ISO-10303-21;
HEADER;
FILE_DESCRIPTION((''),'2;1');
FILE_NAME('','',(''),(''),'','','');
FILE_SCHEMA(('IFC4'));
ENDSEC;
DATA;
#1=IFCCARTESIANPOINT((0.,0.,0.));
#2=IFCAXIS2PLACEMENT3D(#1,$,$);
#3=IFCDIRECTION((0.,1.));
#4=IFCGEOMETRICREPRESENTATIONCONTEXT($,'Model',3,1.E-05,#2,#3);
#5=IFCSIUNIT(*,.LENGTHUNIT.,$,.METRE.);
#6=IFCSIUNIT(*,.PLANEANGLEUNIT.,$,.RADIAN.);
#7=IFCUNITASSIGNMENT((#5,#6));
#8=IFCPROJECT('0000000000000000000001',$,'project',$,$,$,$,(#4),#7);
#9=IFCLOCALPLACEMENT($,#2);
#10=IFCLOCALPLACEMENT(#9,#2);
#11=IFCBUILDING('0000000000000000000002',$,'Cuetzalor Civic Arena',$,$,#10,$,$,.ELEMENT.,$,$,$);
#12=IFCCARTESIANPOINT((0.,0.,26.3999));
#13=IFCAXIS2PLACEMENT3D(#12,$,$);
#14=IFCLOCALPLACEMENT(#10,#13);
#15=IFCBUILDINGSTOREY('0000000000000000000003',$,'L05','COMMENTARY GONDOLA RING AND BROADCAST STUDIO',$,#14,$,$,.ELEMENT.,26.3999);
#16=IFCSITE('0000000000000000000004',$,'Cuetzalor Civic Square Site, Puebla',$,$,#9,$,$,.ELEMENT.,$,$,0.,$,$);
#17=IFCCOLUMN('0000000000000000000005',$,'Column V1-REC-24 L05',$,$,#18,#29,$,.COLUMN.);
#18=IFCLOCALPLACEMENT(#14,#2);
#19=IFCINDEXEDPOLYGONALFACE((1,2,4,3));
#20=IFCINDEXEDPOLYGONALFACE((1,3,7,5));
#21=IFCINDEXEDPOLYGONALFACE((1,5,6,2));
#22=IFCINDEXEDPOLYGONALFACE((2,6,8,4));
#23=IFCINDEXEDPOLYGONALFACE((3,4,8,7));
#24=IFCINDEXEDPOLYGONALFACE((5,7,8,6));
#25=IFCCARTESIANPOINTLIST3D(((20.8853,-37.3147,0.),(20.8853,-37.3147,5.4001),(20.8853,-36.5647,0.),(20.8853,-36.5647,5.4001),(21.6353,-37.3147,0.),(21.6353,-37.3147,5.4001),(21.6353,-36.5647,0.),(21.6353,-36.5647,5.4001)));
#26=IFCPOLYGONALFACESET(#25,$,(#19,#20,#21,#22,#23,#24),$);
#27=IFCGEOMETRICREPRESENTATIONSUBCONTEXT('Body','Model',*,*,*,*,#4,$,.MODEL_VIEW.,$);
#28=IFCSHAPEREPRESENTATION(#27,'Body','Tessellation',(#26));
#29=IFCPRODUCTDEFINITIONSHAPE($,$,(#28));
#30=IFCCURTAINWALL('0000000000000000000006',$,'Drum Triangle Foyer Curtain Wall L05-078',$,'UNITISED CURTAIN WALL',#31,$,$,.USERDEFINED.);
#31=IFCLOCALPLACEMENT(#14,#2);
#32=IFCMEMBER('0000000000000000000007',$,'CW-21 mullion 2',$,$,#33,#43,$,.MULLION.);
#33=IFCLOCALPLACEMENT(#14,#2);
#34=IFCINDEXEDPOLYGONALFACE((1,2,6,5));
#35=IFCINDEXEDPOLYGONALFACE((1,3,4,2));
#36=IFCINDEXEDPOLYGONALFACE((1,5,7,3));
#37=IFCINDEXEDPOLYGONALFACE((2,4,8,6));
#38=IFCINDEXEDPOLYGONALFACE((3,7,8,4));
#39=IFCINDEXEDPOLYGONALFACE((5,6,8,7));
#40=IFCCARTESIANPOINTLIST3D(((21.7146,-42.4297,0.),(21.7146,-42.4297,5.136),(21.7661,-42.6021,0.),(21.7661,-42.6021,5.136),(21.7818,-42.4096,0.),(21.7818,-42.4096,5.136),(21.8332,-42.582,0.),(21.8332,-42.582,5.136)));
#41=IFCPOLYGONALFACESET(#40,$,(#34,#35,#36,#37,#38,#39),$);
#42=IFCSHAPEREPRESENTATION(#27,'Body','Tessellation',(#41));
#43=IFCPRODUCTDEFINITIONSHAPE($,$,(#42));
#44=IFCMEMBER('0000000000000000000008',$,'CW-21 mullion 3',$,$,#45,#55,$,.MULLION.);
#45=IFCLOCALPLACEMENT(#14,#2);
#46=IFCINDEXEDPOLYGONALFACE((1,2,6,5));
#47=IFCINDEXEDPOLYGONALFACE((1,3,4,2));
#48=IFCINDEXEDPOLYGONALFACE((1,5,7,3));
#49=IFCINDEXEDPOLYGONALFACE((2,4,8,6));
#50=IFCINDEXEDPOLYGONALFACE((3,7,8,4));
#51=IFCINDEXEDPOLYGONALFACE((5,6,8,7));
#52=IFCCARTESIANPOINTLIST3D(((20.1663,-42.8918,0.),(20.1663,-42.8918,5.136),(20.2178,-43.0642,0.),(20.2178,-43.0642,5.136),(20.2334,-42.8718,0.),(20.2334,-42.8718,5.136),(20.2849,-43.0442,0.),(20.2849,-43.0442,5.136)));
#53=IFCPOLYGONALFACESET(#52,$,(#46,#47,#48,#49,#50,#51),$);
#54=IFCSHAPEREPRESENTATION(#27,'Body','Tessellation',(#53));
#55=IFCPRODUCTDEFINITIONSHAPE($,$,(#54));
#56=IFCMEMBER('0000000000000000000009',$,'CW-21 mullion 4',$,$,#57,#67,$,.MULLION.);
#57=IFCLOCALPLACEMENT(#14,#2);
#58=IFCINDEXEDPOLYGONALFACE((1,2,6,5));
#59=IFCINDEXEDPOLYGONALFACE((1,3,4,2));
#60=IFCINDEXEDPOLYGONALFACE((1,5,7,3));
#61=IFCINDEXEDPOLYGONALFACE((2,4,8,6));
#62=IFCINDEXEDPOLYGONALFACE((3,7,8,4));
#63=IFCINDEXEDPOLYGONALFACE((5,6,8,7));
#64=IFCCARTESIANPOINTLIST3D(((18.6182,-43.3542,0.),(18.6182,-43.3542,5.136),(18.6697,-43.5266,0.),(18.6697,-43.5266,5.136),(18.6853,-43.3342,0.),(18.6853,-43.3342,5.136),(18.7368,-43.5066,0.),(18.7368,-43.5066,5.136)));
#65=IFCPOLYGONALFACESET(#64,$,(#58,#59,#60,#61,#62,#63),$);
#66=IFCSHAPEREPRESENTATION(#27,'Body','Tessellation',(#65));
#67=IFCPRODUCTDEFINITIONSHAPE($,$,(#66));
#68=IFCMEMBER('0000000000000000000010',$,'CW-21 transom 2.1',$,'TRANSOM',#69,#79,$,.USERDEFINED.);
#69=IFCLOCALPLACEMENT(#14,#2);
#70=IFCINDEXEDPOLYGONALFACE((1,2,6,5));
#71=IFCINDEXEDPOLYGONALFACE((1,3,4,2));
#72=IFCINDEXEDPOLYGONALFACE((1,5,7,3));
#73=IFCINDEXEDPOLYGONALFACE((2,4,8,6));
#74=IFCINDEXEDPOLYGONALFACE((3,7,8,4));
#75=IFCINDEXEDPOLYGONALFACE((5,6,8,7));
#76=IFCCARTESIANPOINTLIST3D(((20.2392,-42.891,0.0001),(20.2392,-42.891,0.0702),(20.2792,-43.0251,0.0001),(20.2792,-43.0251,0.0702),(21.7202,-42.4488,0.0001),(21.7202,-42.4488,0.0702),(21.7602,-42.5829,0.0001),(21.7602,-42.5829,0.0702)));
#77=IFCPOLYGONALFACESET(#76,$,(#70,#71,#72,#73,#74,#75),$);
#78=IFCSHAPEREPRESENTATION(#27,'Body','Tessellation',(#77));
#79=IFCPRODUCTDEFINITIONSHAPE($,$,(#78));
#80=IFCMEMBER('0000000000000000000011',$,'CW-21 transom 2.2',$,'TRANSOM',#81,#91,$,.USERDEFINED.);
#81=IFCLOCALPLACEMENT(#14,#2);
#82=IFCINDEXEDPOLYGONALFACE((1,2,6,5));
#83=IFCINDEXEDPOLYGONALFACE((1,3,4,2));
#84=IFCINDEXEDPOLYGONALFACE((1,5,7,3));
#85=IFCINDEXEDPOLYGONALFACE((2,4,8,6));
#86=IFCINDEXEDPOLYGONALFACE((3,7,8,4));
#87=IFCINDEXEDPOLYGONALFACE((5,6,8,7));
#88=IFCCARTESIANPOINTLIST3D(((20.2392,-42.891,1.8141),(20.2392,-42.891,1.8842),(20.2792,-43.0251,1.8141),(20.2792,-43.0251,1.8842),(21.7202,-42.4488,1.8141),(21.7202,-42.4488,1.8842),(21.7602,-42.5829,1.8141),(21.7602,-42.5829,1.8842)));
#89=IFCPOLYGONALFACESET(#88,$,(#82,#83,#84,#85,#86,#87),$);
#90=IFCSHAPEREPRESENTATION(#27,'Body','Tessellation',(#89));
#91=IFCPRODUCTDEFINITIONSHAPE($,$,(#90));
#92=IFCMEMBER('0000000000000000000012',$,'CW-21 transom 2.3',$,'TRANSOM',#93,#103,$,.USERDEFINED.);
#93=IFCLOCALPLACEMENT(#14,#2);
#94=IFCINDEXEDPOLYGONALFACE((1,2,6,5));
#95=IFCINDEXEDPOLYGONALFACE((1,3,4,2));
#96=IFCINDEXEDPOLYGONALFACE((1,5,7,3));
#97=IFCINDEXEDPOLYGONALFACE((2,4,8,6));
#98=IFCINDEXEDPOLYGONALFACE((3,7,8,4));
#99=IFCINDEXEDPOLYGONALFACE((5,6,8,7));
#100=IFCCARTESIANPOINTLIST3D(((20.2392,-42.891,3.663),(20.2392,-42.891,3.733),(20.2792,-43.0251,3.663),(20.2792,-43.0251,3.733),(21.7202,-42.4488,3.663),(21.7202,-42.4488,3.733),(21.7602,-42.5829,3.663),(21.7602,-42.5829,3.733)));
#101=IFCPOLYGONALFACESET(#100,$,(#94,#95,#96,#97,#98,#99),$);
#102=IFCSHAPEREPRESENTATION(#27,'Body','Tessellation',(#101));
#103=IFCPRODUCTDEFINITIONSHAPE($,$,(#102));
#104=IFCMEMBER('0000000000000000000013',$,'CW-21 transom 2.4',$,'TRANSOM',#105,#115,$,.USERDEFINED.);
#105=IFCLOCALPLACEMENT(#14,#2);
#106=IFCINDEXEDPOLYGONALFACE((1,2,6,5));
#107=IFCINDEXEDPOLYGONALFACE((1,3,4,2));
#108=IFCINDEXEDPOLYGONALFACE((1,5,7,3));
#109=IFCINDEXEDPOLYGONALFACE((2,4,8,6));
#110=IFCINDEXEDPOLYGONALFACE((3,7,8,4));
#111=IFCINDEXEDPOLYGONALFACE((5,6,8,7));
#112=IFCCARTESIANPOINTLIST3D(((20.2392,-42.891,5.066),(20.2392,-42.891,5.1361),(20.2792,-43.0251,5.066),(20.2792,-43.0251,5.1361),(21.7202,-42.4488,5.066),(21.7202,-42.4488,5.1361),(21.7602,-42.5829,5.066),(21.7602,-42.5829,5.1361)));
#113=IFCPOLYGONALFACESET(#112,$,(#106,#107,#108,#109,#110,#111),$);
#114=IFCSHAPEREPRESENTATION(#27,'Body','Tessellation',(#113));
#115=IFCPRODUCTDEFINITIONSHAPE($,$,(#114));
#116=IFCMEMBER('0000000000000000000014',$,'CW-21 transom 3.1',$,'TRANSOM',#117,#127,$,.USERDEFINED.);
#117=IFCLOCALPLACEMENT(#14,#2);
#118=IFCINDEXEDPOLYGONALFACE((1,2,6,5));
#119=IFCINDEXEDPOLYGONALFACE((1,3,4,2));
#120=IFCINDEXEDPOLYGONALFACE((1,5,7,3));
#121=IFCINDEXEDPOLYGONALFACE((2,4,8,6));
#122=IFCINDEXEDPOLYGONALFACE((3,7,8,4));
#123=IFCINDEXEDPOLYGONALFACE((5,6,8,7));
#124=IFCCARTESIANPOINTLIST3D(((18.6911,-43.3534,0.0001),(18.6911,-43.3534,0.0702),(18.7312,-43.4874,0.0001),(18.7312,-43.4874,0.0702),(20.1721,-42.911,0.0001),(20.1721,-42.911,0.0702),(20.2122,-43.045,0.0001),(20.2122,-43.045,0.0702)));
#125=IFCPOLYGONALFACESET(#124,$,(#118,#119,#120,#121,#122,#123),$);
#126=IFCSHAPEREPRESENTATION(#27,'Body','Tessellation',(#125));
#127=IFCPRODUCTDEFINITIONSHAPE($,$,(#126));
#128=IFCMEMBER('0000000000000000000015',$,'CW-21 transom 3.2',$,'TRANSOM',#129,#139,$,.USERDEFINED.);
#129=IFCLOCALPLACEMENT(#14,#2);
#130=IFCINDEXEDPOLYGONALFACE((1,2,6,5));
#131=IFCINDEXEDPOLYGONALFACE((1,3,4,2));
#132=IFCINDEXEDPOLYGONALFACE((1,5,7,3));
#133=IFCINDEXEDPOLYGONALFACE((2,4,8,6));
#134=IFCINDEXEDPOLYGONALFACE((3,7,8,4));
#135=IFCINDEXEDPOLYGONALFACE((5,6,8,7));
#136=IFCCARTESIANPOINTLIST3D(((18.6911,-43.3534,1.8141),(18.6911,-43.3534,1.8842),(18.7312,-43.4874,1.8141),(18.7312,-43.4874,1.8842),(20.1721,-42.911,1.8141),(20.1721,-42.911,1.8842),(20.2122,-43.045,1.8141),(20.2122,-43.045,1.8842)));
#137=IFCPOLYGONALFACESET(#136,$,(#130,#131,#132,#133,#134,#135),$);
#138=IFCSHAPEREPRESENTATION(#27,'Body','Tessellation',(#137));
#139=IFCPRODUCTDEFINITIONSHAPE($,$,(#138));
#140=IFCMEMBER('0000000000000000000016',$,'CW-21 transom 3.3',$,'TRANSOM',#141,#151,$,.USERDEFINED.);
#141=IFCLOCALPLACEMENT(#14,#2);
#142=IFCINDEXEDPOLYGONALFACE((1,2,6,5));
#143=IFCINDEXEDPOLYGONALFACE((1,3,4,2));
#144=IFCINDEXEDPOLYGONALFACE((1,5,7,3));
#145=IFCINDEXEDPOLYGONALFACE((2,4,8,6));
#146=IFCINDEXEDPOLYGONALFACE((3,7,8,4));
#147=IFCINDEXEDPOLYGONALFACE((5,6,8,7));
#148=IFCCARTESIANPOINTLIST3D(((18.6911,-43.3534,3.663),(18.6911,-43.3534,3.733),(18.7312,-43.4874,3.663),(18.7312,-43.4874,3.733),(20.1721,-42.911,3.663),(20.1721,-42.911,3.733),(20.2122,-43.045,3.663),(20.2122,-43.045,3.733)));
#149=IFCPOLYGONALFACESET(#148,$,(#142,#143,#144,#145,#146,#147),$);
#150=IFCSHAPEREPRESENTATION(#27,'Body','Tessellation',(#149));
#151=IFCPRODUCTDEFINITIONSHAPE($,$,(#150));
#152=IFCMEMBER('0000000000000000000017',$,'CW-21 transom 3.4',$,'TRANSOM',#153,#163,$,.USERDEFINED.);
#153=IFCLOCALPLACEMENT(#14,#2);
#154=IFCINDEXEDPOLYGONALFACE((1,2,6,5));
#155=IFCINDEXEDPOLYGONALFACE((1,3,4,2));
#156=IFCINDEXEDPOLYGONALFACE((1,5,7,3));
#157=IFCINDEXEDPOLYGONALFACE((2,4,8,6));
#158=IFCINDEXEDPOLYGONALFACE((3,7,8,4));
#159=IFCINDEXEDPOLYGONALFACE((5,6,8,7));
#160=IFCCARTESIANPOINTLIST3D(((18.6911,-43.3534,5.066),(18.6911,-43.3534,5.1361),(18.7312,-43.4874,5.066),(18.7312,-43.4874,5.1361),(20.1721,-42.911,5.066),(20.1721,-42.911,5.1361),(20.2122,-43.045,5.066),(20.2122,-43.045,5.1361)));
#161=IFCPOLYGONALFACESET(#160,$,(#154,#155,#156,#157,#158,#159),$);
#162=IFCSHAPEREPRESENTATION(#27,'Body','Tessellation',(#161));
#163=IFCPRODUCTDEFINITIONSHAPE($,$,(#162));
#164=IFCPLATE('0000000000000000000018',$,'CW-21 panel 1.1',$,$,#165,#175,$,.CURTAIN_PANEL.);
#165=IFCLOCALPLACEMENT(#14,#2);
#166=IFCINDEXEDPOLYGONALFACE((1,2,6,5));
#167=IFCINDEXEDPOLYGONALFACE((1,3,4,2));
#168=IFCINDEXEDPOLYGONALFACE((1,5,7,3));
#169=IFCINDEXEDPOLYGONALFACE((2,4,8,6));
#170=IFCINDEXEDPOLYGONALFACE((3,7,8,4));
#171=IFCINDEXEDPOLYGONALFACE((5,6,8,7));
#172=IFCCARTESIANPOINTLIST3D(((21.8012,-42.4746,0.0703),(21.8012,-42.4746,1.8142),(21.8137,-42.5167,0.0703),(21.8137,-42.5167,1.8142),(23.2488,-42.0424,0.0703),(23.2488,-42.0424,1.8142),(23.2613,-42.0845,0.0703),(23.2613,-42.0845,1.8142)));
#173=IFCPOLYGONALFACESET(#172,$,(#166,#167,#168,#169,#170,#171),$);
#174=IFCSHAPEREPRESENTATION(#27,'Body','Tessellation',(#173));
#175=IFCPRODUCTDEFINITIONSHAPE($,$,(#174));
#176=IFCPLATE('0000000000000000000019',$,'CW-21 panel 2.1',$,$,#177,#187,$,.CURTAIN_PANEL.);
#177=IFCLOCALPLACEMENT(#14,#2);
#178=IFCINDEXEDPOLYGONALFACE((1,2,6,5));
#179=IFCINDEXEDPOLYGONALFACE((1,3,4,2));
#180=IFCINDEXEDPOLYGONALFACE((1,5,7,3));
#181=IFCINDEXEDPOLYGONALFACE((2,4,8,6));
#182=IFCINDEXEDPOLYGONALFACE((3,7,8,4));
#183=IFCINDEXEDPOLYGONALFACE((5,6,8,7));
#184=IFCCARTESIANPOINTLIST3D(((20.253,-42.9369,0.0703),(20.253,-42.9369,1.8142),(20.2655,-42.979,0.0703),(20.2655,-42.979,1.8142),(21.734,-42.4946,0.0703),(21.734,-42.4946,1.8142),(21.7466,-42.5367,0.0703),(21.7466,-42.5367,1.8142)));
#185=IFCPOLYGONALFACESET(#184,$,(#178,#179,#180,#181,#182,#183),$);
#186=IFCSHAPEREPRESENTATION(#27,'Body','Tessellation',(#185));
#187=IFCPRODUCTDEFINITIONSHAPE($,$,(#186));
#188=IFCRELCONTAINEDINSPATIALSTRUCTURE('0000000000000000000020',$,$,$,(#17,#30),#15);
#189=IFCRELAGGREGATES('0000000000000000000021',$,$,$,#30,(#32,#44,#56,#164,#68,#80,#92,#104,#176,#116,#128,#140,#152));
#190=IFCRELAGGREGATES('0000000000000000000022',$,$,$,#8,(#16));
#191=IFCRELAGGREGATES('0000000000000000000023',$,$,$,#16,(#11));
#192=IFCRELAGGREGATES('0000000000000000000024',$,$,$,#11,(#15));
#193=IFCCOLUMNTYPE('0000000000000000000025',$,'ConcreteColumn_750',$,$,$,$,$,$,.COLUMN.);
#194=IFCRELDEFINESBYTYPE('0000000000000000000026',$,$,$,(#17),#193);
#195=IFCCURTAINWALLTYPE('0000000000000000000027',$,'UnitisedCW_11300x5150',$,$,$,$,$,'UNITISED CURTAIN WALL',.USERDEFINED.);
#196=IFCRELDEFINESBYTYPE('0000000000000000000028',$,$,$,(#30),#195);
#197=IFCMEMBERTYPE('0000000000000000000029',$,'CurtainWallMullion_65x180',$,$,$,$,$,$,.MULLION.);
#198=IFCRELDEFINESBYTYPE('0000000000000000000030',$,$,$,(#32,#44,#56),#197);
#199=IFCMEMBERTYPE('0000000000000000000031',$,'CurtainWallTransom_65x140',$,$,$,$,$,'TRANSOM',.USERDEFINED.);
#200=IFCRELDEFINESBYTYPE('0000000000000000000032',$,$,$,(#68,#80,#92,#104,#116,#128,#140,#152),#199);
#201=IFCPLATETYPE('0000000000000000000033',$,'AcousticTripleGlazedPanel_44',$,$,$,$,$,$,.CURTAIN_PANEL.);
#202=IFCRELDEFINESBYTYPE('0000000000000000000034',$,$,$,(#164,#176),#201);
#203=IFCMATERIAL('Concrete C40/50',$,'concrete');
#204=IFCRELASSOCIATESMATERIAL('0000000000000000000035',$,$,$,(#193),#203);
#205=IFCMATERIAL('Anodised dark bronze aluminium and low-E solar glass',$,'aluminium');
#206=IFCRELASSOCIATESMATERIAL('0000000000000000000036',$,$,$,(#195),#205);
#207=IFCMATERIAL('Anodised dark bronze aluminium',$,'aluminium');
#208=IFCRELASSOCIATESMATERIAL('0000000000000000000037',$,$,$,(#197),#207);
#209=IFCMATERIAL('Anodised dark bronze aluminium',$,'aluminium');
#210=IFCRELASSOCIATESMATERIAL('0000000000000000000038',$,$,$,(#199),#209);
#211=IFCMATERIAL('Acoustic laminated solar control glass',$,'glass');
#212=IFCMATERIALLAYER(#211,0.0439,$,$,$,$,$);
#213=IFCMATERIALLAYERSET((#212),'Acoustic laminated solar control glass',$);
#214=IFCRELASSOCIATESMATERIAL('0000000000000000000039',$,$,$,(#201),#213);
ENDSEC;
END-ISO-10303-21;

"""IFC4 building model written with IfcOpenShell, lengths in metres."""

from ifc_helpers import new_model, si_unit, direction, frame, origin, origin_2d, place, context, subcontext, project, spatial, rectangle, extrude, material, layer, layer_set, material_profile, profile_set, type_object, element, aggregate, save


model = new_model("IFC4")

# Units and contexts
model_context = context("Model", 3, precision=1e-05, world=origin(), true_north=direction((0.0, 1.0)))
body_context = subcontext(model_context, "Body", "Model", "MODEL_VIEW")
ifc_project = project(units=[si_unit("LENGTHUNIT", "METRE"), si_unit("PLANEANGLEUNIT", "RADIAN")], contexts=[model_context])

# Site, building, storey
site_placement = place(None, origin())
site = spatial("IfcSite", under=ifc_project, at=site_placement, Name="Cuetzalor Civic Square Site, Puebla", CompositionType="ELEMENT", RefElevation=0.0)
building_placement = place(site_placement, origin())
building = spatial("IfcBuilding", under=site, at=building_placement, Name="Cuetzalor Civic Arena", CompositionType="ELEMENT")
storey_placement = place(building_placement, frame((0.0, 0.0, 26.3999)))
storey = spatial("IfcBuildingStorey", under=building, at=storey_placement, Name="L05", Description="COMMENTARY GONDOLA RING AND BROADCAST STUDIO", CompositionType="ELEMENT", Elevation=26.3999)

# Column
ifc_material_1 = material(Name="Concrete C40/50", Category="concrete")
ifc_material_profile_1 = material_profile(ifc_material_1, rectangle(XDim=0.75, YDim=0.75, at=origin_2d()), Name="RC 750x750")
ifc_profile_set_1 = profile_set([ifc_material_profile_1], Name="Concrete C40/50")
column_type = type_object("IfcColumnType", Name="ConcreteColumn_750", PredefinedType="COLUMN", material=ifc_profile_set_1)
column_placement = place(storey_placement, frame((21.2603, -36.9397, 0.0), z_axis=(0.0, 0.0, 1.0), x_axis=(1.0, 0.0, 0.0)))
element("IfcColumn", 1, at=column_placement, inside=storey, type_object=column_type, Name="Column V1-REC-24 L05", PredefinedType="COLUMN", context=body_context, shape_type="SweptSolid", body=[
    extrude(rectangle(XDim=0.75, YDim=0.75, at=origin_2d()), origin(), (0.0, 0.0, 1.0), 5.4001),
])

# Curtain wall, members, plates
ifc_material_2 = material(Name="Anodised dark bronze aluminium and low-E solar glass", Category="aluminium")
curtain_wall_type = type_object("IfcCurtainWallType", Name="UnitisedCW_11300x5150", ElementType="UNITISED CURTAIN WALL", PredefinedType="USERDEFINED", material=ifc_material_2)
curtain_wall_placement = place(storey_placement, origin())
curtain_wall = element("IfcCurtainWall", 2, at=curtain_wall_placement, inside=storey, type_object=curtain_wall_type, Name="Drum Triangle Foyer Curtain Wall L05-078", ObjectType="UNITISED CURTAIN WALL", PredefinedType="USERDEFINED")
ifc_material_3 = material(Name="Anodised dark bronze aluminium", Category="aluminium")
ifc_material_profile_2 = material_profile(ifc_material_3, rectangle(XDim=0.0701, YDim=0.1799, at=origin_2d()), Name="ALU MULLION 70x180")
ifc_profile_set_2 = profile_set([ifc_material_profile_2], Name="Anodised dark bronze aluminium")
member_type_1 = type_object("IfcMemberType", Name="CurtainWallMullion_65x180", PredefinedType="MULLION", material=ifc_profile_set_2)
member_1_placement = place(storey_placement, frame((21.7739, -42.5059, 0.0), z_axis=(0.0, 0.0, 1.0), x_axis=(-0.958194, -0.28612, 0.0)))
member_1 = element("IfcMember", 3, at=member_1_placement, type_object=member_type_1, Name="CW-21 mullion 2", PredefinedType="MULLION", context=body_context, shape_type="SweptSolid", body=[
    extrude(rectangle(XDim=0.0701, YDim=0.1799, at=origin_2d()), origin(), (0.0, 0.0, 1.0), 5.136),
])
member_2_placement = place(storey_placement, frame((20.2256, -42.968, 0.0), z_axis=(0.0, 0.0, 1.0), x_axis=(-0.958194, -0.28612, 0.0)))
member_2 = element("IfcMember", 4, at=member_2_placement, type_object=member_type_1, Name="CW-21 mullion 3", PredefinedType="MULLION", context=body_context, shape_type="SweptSolid", body=[
    extrude(rectangle(XDim=0.0701, YDim=0.1799, at=origin_2d()), origin(), (0.0, 0.0, 1.0), 5.136),
])
member_3_placement = place(storey_placement, frame((18.6775, -43.4304, 0.0), z_axis=(0.0, 0.0, 1.0), x_axis=(-0.958194, -0.28612, 0.0)))
member_3 = element("IfcMember", 5, at=member_3_placement, type_object=member_type_1, Name="CW-21 mullion 4", PredefinedType="MULLION", context=body_context, shape_type="SweptSolid", body=[
    extrude(rectangle(XDim=0.0701, YDim=0.1799, at=origin_2d()), origin(), (0.0, 0.0, 1.0), 5.136),
])
ifc_material_4 = material(Name="Anodised dark bronze aluminium", Category="aluminium")
ifc_material_profile_3 = material_profile(ifc_material_4, rectangle(XDim=0.1399, YDim=0.0701, at=origin_2d()), Name="ALU TRANSOM 70x140")
ifc_profile_set_3 = profile_set([ifc_material_profile_3], Name="Anodised dark bronze aluminium")
member_type_2 = type_object("IfcMemberType", Name="CurtainWallTransom_65x140", ElementType="TRANSOM", PredefinedType="USERDEFINED", material=ifc_profile_set_3)
member_4_placement = place(storey_placement, frame((21.7402, -42.5159, 0.0352), z_axis=(-0.958208, -0.286072, 0.0), x_axis=(0.286072, -0.958208, 0.0)))
member_4 = element("IfcMember", 6, at=member_4_placement, type_object=member_type_2, Name="CW-21 transom 2.1", ObjectType="TRANSOM", PredefinedType="USERDEFINED", context=body_context, shape_type="SweptSolid", body=[
    extrude(rectangle(XDim=0.1399, YDim=0.0701, at=origin_2d()), origin(), (0.0, 0.0, 1.0), 1.5457),
])
member_5_placement = place(storey_placement, frame((21.7402, -42.5159, 1.8491), z_axis=(-0.958208, -0.286072, 0.0), x_axis=(0.286072, -0.958208, 0.0)))
member_5 = element("IfcMember", 7, at=member_5_placement, type_object=member_type_2, Name="CW-21 transom 2.2", ObjectType="TRANSOM", PredefinedType="USERDEFINED", context=body_context, shape_type="SweptSolid", body=[
    extrude(rectangle(XDim=0.1399, YDim=0.0701, at=origin_2d()), origin(), (0.0, 0.0, 1.0), 1.5457),
])
member_6_placement = place(storey_placement, frame((21.7402, -42.5159, 3.698), z_axis=(-0.958208, -0.286072, 0.0), x_axis=(0.286072, -0.958208, 0.0)))
member_6 = element("IfcMember", 8, at=member_6_placement, type_object=member_type_2, Name="CW-21 transom 2.3", ObjectType="TRANSOM", PredefinedType="USERDEFINED", context=body_context, shape_type="SweptSolid", body=[
    extrude(rectangle(XDim=0.1399, YDim=0.0701, at=origin_2d()), origin(), (0.0, 0.0, 1.0), 1.5457),
])
member_7_placement = place(storey_placement, frame((21.7402, -42.5159, 5.1011), z_axis=(-0.958208, -0.286072, 0.0), x_axis=(0.286072, -0.958208, 0.0)))
member_7 = element("IfcMember", 9, at=member_7_placement, type_object=member_type_2, Name="CW-21 transom 2.4", ObjectType="TRANSOM", PredefinedType="USERDEFINED", context=body_context, shape_type="SweptSolid", body=[
    extrude(rectangle(XDim=0.1399, YDim=0.0701, at=origin_2d()), origin(), (0.0, 0.0, 1.0), 1.5457),
])
member_8_placement = place(storey_placement, frame((20.1921, -42.978, 0.0352), z_axis=(-0.958165, -0.286217, 0.0), x_axis=(0.286217, -0.958165, 0.0)))
member_8 = element("IfcMember", 10, at=member_8_placement, type_object=member_type_2, Name="CW-21 transom 3.1", ObjectType="TRANSOM", PredefinedType="USERDEFINED", context=body_context, shape_type="SweptSolid", body=[
    extrude(rectangle(XDim=0.1399, YDim=0.0701, at=origin_2d()), origin(), (0.0, 0.0, 1.0), 1.5457),
])
member_9_placement = place(storey_placement, frame((20.1921, -42.978, 1.8491), z_axis=(-0.958165, -0.286217, 0.0), x_axis=(0.286217, -0.958165, 0.0)))
member_9 = element("IfcMember", 11, at=member_9_placement, type_object=member_type_2, Name="CW-21 transom 3.2", ObjectType="TRANSOM", PredefinedType="USERDEFINED", context=body_context, shape_type="SweptSolid", body=[
    extrude(rectangle(XDim=0.1399, YDim=0.0701, at=origin_2d()), origin(), (0.0, 0.0, 1.0), 1.5457),
])
member_10_placement = place(storey_placement, frame((20.1921, -42.978, 3.698), z_axis=(-0.958165, -0.286217, 0.0), x_axis=(0.286217, -0.958165, 0.0)))
member_10 = element("IfcMember", 12, at=member_10_placement, type_object=member_type_2, Name="CW-21 transom 3.3", ObjectType="TRANSOM", PredefinedType="USERDEFINED", context=body_context, shape_type="SweptSolid", body=[
    extrude(rectangle(XDim=0.1399, YDim=0.0701, at=origin_2d()), origin(), (0.0, 0.0, 1.0), 1.5457),
])
member_11_placement = place(storey_placement, frame((20.1921, -42.978, 5.1011), z_axis=(-0.958165, -0.286217, 0.0), x_axis=(0.286217, -0.958165, 0.0)))
member_11 = element("IfcMember", 13, at=member_11_placement, type_object=member_type_2, Name="CW-21 transom 3.4", ObjectType="TRANSOM", PredefinedType="USERDEFINED", context=body_context, shape_type="SweptSolid", body=[
    extrude(rectangle(XDim=0.1399, YDim=0.0701, at=origin_2d()), origin(), (0.0, 0.0, 1.0), 1.5457),
])
ifc_material_5 = material(Name="Acoustic laminated solar control glass", Category="glass")
ifc_layer = layer(ifc_material_5, 0.0439)
ifc_layer_set = layer_set([ifc_layer], Name="Acoustic laminated solar control glass")
plate_type = type_object("IfcPlateType", Name="AcousticTripleGlazedPanel_44", PredefinedType="CURTAIN_PANEL", material=ifc_layer_set)
plate_1_placement = place(storey_placement, frame((22.5312, -42.2795, 0.0703), z_axis=(0.0, 0.0, 1.0), x_axis=(-0.958194, -0.28612, 0.0)))
plate_1 = element("IfcPlate", 14, at=plate_1_placement, type_object=plate_type, Name="CW-21 panel 1.1", PredefinedType="CURTAIN_PANEL", context=body_context, shape_type="SweptSolid", body=[
    extrude(rectangle(XDim=1.5107, YDim=0.0439, at=origin_2d()), origin(), (0.0, 0.0, 1.0), 1.7439),
])
plate_2_placement = place(storey_placement, frame((20.9998, -42.7368, 0.0703), z_axis=(0.0, 0.0, 1.0), x_axis=(-0.958194, -0.28612, 0.0)))
plate_2 = element("IfcPlate", 15, at=plate_2_placement, type_object=plate_type, Name="CW-21 panel 2.1", PredefinedType="CURTAIN_PANEL", context=body_context, shape_type="SweptSolid", body=[
    extrude(rectangle(XDim=1.5457, YDim=0.0439, at=origin_2d()), origin(), (0.0, 0.0, 1.0), 1.7439),
])
aggregate(curtain_wall, [member_1, member_2, member_3, plate_1, member_4, member_5, member_6, member_7, plate_2, member_8, member_9, member_10, member_11])

save(model, "model.ifc")
